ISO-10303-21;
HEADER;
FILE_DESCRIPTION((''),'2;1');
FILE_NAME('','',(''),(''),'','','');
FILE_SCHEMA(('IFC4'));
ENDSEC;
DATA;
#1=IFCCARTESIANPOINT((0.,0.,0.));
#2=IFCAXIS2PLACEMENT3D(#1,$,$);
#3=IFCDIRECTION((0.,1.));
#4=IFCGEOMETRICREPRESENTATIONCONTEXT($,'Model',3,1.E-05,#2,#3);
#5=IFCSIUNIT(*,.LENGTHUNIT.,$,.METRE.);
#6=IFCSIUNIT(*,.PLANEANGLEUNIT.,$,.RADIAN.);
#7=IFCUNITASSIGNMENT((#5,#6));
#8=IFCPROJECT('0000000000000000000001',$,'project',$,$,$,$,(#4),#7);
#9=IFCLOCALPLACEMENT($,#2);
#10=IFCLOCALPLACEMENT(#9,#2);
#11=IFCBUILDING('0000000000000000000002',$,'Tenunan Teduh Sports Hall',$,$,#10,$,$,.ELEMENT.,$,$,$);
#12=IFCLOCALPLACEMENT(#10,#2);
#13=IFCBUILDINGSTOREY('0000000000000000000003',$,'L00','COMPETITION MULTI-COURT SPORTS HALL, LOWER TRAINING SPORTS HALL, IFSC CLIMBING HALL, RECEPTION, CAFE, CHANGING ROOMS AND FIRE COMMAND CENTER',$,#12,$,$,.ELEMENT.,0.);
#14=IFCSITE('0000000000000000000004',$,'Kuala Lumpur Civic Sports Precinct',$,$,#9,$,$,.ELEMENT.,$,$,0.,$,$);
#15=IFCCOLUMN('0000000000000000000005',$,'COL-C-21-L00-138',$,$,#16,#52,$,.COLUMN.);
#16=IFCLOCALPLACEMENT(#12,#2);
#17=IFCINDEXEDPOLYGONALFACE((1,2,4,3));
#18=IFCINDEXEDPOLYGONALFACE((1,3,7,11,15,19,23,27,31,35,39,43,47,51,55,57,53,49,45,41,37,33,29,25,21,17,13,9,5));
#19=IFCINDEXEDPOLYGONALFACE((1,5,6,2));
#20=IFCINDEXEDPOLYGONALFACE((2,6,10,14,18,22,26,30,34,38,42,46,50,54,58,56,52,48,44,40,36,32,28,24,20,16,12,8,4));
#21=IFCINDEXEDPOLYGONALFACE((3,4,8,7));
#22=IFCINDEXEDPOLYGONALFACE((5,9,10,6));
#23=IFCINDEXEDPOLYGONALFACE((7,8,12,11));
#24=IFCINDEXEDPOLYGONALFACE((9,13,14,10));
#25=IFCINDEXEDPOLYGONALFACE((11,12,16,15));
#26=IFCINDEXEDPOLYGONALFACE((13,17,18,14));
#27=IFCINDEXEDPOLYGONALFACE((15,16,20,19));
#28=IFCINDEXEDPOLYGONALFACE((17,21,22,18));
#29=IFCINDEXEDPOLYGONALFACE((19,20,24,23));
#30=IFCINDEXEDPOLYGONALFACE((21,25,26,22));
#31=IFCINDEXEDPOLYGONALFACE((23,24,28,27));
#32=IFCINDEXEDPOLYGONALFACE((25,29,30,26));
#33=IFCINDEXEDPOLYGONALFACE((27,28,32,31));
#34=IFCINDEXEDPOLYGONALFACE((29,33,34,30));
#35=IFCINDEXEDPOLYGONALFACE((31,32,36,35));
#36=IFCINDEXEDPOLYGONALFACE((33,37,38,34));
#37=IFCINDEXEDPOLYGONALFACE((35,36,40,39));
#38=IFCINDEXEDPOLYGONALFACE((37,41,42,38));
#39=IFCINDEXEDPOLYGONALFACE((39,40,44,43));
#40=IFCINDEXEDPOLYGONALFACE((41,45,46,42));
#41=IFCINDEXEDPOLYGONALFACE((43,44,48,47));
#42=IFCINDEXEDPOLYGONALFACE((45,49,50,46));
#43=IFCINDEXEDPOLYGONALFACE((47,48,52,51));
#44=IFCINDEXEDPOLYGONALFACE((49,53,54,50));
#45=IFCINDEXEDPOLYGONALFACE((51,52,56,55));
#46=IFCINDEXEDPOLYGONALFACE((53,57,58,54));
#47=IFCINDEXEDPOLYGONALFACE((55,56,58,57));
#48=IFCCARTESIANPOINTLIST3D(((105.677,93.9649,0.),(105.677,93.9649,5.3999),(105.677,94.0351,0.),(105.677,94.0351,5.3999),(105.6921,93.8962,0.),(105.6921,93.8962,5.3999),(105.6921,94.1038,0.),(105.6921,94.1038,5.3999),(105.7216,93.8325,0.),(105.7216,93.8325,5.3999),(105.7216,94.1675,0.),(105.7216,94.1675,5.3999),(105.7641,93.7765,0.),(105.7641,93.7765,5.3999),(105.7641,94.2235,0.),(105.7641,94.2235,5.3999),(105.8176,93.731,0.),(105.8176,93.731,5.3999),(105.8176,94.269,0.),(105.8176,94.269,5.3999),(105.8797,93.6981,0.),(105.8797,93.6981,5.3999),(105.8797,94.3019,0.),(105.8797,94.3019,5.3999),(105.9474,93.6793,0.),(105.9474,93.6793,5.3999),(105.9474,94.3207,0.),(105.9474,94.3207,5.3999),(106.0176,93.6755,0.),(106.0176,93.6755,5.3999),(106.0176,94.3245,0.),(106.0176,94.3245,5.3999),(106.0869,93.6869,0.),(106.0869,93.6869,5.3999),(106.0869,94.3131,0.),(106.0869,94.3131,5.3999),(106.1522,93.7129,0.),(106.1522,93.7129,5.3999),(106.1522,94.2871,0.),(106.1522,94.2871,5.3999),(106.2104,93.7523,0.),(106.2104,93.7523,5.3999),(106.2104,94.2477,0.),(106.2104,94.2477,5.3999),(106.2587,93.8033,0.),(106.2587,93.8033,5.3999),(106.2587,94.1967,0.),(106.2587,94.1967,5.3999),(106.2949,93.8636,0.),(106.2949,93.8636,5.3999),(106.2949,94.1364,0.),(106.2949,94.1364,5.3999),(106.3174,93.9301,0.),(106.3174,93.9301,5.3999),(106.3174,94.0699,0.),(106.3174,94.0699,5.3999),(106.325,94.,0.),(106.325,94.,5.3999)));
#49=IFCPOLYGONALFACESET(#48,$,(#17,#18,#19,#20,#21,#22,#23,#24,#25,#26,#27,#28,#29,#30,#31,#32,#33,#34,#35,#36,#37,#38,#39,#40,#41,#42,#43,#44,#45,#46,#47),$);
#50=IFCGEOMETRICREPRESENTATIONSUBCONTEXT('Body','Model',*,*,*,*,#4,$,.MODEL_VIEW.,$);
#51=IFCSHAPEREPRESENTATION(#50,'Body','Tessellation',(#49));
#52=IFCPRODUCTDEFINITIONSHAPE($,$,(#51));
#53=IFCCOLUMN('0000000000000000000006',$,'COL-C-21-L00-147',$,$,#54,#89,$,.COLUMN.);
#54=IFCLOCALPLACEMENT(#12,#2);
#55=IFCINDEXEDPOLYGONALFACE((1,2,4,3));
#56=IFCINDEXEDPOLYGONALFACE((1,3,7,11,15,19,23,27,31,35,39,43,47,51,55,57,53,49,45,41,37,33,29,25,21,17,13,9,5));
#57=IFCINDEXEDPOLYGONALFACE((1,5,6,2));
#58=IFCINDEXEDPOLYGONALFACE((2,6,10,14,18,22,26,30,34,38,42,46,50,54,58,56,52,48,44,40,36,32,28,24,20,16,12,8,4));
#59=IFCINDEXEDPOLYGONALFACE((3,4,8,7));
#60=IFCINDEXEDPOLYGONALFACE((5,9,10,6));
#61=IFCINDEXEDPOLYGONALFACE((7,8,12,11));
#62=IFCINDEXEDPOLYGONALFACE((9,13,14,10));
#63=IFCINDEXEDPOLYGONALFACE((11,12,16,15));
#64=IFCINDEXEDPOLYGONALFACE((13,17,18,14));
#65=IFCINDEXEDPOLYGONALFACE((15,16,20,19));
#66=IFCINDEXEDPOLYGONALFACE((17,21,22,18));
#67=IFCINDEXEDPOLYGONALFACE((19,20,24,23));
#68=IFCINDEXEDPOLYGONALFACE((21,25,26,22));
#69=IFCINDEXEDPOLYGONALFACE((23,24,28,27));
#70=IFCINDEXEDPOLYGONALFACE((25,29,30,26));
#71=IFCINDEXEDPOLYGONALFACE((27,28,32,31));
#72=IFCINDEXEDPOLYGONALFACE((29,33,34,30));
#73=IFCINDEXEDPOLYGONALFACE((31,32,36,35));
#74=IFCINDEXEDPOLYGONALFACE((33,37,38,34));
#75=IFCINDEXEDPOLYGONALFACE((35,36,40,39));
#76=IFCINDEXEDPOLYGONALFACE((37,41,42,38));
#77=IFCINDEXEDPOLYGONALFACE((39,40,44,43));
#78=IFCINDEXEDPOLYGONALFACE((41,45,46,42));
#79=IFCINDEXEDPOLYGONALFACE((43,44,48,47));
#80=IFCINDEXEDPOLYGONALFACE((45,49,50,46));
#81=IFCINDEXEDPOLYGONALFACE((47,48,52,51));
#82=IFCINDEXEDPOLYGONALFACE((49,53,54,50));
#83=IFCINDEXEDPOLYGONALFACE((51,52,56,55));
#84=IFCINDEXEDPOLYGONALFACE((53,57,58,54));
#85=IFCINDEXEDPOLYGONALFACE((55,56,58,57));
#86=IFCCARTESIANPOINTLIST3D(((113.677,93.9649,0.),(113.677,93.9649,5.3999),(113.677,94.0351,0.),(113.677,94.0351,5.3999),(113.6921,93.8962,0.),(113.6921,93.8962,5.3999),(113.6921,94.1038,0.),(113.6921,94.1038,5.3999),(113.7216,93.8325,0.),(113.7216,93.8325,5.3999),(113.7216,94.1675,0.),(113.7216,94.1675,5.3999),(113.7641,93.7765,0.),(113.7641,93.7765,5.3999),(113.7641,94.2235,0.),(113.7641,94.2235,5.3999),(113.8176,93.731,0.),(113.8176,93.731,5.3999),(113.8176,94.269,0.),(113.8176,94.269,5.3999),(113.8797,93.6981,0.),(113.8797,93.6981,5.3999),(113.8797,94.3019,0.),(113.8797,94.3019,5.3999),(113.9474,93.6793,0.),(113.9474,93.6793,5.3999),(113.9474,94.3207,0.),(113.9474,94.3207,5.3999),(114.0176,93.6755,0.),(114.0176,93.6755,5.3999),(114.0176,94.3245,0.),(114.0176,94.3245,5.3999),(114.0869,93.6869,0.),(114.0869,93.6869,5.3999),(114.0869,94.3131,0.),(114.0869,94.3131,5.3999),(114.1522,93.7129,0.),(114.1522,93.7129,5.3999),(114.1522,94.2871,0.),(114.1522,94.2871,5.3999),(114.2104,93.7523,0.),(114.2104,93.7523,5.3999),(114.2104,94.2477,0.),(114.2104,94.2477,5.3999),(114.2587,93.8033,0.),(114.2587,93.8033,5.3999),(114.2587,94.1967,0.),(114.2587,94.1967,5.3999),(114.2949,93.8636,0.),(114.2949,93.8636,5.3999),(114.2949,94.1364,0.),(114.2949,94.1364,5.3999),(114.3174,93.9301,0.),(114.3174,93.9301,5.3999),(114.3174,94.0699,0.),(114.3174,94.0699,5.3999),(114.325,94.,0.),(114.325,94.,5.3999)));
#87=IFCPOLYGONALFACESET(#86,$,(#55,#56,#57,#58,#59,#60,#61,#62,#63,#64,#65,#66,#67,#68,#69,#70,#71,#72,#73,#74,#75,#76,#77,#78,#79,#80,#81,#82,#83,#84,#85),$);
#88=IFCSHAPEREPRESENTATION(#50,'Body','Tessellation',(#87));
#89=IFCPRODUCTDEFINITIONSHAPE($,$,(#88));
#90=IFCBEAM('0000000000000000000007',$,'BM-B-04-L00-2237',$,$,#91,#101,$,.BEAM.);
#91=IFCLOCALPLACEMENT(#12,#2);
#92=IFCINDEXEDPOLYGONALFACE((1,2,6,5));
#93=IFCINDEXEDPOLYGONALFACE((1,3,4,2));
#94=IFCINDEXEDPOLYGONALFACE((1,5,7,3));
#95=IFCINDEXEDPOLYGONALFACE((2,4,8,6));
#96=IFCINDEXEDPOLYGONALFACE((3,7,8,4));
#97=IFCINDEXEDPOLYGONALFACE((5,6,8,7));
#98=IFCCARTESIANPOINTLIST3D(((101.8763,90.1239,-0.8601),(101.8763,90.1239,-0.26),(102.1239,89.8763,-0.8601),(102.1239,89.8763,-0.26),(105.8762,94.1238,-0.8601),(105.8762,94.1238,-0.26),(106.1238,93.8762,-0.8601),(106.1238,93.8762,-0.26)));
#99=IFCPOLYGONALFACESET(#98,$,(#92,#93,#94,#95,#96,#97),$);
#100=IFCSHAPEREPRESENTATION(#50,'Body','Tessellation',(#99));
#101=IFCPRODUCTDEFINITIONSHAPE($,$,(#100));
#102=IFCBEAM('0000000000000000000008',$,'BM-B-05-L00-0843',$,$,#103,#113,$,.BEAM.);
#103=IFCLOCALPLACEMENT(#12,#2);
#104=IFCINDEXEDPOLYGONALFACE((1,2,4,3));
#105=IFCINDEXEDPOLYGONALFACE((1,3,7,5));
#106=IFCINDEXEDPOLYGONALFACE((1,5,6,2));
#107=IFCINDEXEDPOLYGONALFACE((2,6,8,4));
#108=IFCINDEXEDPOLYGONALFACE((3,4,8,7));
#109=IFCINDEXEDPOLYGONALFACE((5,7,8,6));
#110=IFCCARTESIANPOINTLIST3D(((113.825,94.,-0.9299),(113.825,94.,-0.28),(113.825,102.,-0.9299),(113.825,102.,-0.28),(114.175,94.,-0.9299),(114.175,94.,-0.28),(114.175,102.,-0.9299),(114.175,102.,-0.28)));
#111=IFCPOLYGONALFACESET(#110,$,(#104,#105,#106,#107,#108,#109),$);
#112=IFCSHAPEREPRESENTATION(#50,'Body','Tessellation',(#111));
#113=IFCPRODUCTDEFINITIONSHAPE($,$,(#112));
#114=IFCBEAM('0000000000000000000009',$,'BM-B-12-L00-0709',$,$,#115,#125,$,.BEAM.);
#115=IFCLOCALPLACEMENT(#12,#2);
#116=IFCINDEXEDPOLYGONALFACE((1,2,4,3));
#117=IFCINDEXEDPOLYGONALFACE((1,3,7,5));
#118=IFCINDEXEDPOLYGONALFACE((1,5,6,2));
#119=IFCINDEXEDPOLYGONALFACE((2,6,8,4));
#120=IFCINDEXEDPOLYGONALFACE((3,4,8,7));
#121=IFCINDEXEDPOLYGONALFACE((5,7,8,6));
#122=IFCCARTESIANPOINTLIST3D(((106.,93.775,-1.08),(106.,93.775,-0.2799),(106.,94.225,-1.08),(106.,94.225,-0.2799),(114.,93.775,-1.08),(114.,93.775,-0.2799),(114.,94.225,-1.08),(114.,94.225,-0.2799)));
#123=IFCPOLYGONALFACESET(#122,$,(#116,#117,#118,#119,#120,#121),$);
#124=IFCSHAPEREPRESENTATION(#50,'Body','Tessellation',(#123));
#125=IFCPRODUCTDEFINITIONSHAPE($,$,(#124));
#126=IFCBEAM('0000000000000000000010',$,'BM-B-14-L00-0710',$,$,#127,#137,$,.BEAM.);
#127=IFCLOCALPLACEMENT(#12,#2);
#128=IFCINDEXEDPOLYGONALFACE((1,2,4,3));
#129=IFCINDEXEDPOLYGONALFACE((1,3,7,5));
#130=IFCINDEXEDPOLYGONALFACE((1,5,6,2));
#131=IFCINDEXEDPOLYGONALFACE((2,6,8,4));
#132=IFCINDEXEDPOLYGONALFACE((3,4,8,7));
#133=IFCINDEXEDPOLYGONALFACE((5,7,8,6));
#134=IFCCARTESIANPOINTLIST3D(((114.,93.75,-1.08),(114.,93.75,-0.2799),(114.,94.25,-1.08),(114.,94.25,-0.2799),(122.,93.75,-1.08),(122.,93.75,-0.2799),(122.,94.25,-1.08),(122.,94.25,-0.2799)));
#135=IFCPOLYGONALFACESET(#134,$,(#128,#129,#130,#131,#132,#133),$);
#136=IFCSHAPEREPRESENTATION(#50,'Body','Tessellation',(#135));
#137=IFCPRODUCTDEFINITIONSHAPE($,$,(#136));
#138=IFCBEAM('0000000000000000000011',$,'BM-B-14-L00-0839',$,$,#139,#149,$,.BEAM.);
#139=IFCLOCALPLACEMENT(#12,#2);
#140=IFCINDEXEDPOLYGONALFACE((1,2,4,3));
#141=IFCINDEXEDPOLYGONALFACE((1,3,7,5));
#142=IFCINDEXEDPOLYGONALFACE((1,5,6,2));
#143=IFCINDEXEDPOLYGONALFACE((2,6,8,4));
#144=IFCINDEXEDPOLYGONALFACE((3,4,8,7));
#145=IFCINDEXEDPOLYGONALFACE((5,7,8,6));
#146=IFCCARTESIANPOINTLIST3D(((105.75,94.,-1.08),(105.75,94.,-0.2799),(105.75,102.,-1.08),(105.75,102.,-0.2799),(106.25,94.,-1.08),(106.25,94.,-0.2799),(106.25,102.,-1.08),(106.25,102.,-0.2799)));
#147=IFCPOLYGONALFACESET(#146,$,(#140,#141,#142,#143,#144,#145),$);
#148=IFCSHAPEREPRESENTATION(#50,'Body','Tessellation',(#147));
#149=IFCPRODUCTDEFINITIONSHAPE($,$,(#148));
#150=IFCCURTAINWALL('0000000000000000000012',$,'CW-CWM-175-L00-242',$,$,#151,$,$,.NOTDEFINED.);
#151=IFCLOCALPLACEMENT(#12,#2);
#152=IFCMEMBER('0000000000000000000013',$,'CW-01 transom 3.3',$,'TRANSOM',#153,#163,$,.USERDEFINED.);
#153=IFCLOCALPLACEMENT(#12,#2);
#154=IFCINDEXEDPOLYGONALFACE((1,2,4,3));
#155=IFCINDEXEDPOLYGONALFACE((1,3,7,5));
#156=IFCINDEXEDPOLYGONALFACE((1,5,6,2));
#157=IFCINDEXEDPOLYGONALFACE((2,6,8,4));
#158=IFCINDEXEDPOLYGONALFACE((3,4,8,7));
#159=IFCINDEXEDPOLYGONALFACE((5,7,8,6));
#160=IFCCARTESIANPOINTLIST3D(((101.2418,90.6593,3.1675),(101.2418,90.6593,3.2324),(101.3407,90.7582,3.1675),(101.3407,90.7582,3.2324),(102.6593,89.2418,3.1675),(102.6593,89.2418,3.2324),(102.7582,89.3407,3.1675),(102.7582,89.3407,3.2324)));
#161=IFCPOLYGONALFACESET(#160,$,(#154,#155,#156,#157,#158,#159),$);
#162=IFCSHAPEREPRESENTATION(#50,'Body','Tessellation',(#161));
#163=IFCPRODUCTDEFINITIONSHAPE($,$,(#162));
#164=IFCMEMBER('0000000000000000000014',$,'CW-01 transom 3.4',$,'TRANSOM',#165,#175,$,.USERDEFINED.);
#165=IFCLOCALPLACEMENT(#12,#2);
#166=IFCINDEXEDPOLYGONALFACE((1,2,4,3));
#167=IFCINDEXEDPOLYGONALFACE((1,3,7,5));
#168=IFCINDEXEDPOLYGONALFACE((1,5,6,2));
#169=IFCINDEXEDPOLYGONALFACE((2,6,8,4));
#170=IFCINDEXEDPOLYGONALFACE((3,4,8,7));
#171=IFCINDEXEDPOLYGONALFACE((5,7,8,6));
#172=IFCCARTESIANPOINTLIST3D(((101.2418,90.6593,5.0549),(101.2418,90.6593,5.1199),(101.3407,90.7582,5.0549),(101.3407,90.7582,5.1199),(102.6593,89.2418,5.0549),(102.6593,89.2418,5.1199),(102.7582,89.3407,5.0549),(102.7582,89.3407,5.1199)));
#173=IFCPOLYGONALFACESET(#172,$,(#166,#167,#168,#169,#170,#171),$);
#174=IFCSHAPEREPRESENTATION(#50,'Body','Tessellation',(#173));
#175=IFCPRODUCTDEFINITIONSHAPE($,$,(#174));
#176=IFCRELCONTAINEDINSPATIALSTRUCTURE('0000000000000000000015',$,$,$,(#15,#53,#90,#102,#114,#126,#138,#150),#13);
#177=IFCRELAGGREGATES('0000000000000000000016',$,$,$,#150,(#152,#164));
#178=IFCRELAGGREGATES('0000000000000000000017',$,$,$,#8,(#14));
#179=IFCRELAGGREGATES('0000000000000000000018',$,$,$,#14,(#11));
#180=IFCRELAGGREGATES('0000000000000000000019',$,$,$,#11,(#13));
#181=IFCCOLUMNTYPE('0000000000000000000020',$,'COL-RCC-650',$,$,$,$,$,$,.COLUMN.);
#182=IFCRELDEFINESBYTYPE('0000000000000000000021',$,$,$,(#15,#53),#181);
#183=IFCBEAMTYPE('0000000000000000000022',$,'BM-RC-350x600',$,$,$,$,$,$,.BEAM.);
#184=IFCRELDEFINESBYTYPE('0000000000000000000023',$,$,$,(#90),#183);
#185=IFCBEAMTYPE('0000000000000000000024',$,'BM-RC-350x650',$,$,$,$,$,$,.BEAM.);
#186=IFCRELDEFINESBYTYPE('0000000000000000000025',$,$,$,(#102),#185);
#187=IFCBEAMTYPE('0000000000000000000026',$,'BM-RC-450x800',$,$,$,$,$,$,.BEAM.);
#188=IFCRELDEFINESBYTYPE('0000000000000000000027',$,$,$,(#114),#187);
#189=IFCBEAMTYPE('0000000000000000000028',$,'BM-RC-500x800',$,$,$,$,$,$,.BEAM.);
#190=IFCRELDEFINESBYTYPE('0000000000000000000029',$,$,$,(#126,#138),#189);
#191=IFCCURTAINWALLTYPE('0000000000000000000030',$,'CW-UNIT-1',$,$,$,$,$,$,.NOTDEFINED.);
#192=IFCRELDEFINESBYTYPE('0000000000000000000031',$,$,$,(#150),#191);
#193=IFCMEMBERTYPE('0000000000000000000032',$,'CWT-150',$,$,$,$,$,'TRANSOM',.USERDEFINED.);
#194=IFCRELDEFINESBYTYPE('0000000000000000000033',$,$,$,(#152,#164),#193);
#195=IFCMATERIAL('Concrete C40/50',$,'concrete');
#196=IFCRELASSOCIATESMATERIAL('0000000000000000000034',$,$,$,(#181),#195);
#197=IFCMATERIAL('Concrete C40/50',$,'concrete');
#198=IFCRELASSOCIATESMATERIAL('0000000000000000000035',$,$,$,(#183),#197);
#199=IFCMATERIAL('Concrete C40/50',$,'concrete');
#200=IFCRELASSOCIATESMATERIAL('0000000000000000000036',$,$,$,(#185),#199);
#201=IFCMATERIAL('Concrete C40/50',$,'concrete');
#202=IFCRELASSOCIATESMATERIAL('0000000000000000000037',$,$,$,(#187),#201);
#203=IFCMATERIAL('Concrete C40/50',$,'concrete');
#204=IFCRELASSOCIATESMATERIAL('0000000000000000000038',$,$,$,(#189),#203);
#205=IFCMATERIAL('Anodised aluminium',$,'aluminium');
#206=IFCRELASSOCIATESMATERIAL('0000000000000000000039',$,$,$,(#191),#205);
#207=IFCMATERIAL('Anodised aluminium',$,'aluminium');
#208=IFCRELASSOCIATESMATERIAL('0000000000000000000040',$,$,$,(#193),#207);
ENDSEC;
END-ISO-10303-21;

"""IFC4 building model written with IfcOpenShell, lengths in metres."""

from ifc_helpers import new_model, si_unit, direction, frame, origin, origin_2d, place, context, subcontext, project, spatial, rectangle, circle, extrude, material, material_profile, profile_set, type_object, element, aggregate, save


model = new_model("IFC4")

# Units and contexts
model_context = context("Model", 3, precision=1e-05, world=origin(), true_north=direction((0.0, 1.0)))
body_context = subcontext(model_context, "Body", "Model", "MODEL_VIEW")
ifc_project = project(units=[si_unit("LENGTHUNIT", "METRE"), si_unit("PLANEANGLEUNIT", "RADIAN")], contexts=[model_context])

# Site, building, storey
site_placement = place(None, origin())
site = spatial("IfcSite", under=ifc_project, at=site_placement, Name="Kuala Lumpur Civic Sports Precinct", CompositionType="ELEMENT", RefElevation=0.0)
building_placement = place(site_placement, origin())
building = spatial("IfcBuilding", under=site, at=building_placement, Name="Tenunan Teduh Sports Hall", CompositionType="ELEMENT")
storey_placement = place(building_placement, origin())
storey = spatial("IfcBuildingStorey", under=building, at=storey_placement, Name="L00", Description="COMPETITION MULTI-COURT SPORTS HALL, LOWER TRAINING SPORTS HALL, IFSC CLIMBING HALL, RECEPTION, CAFE, CHANGING ROOMS AND FIRE COMMAND CENTER", CompositionType="ELEMENT", Elevation=0.0)

# Columns
ifc_material_1 = material(Name="Concrete C40/50", Category="concrete")
ifc_material_profile_1 = material_profile(ifc_material_1, circle(Radius=0.325, at=origin_2d()), Name="RCC D650")
ifc_profile_set_1 = profile_set([ifc_material_profile_1], Name="Concrete C40/50")
column_type = type_object("IfcColumnType", Name="COL-RCC-650", PredefinedType="COLUMN", material=ifc_profile_set_1)
for number, where, z_axis, x_axis, name in (
    (1, (106.0, 94.0, 0.0), (0.0, 0.0, 1.0), (1.0, 0.0, 0.0), "COL-C-21-L00-138"),
    (2, (114.0, 94.0, 0.0), (0.0, 0.0, 1.0), (1.0, 0.0, 0.0), "COL-C-21-L00-147"),
):
    element("IfcColumn", number, at=place(storey_placement, frame(where, z_axis=z_axis, x_axis=x_axis)), inside=storey, type_object=column_type, Name=name, PredefinedType="COLUMN", context=body_context, shape_type="SweptSolid", body=[
        extrude(circle(Radius=0.325, at=origin_2d()), origin(), (0.0, 0.0, 1.0), 5.3999),
    ])

# Beams
ifc_material_2 = material(Name="Concrete C40/50", Category="concrete")
ifc_material_profile_2 = material_profile(ifc_material_2, rectangle(XDim=0.3501, YDim=0.6001, at=origin_2d()), Name="RCB 350x600")
ifc_profile_set_2 = profile_set([ifc_material_profile_2], Name="Concrete C40/50")
beam_type_1 = type_object("IfcBeamType", Name="BM-RC-350x600", PredefinedType="BEAM", material=ifc_profile_set_2)
beam_1_placement = place(storey_placement, frame((106.0, 94.0, -0.5601), z_axis=(-0.707107, -0.707107, 0.0), x_axis=(0.707107, -0.707107, 0.0)))
element("IfcBeam", 3, at=beam_1_placement, inside=storey, type_object=beam_type_1, Name="BM-B-04-L00-2237", PredefinedType="BEAM", context=body_context, shape_type="SweptSolid", body=[
    extrude(rectangle(XDim=0.3501, YDim=0.6001, at=origin_2d()), origin(), (0.0, 0.0, 1.0), 5.6567),
])
ifc_material_3 = material(Name="Concrete C40/50", Category="concrete")
ifc_material_profile_3 = material_profile(ifc_material_3, rectangle(XDim=0.3501, YDim=0.6499, at=origin_2d()), Name="RCB 350x650")
ifc_profile_set_3 = profile_set([ifc_material_profile_3], Name="Concrete C40/50")
beam_type_2 = type_object("IfcBeamType", Name="BM-RC-350x650", PredefinedType="BEAM", material=ifc_profile_set_3)
beam_2_placement = place(storey_placement, frame((114.0, 94.0, -0.605), z_axis=(0.0, 1.0, 0.0), x_axis=(-1.0, 0.0, 0.0)))
element("IfcBeam", 4, at=beam_2_placement, inside=storey, type_object=beam_type_2, Name="BM-B-05-L00-0843", PredefinedType="BEAM", context=body_context, shape_type="SweptSolid", body=[
    extrude(rectangle(XDim=0.3501, YDim=0.6499, at=origin_2d()), origin(), (0.0, 0.0, 1.0), 8.0),
])
ifc_material_4 = material(Name="Concrete C40/50", Category="concrete")
ifc_material_profile_4 = material_profile(ifc_material_4, rectangle(XDim=0.45, YDim=0.8, at=origin_2d()), Name="RCB 450x800")
ifc_profile_set_4 = profile_set([ifc_material_profile_4], Name="Concrete C40/50")
beam_type_3 = type_object("IfcBeamType", Name="BM-RC-450x800", PredefinedType="BEAM", material=ifc_profile_set_4)
beam_3_placement = place(storey_placement, frame((106.0, 94.0, -0.6799), z_axis=(1.0, 0.0, 0.0), x_axis=(0.0, 1.0, 0.0)))
element("IfcBeam", 5, at=beam_3_placement, inside=storey, type_object=beam_type_3, Name="BM-B-12-L00-0709", PredefinedType="BEAM", context=body_context, shape_type="SweptSolid", body=[
    extrude(rectangle(XDim=0.45, YDim=0.8, at=origin_2d()), origin(), (0.0, 0.0, 1.0), 8.0),
])
ifc_material_5 = material(Name="Concrete C40/50", Category="concrete")
ifc_material_profile_5 = material_profile(ifc_material_5, rectangle(XDim=0.5, YDim=0.8, at=origin_2d()), Name="RCB 500x800")
ifc_profile_set_5 = profile_set([ifc_material_profile_5], Name="Concrete C40/50")
beam_type_4 = type_object("IfcBeamType", Name="BM-RC-500x800", PredefinedType="BEAM", material=ifc_profile_set_5)
for number, where, z_axis, x_axis, name in (
    (6, (114.0, 94.0, -0.6799), (1.0, 0.0, 0.0), (0.0, 1.0, 0.0), "BM-B-14-L00-0710"),
    (7, (106.0, 94.0, -0.6799), (0.0, 1.0, 0.0), (-1.0, 0.0, 0.0), "BM-B-14-L00-0839"),
):
    element("IfcBeam", number, at=place(storey_placement, frame(where, z_axis=z_axis, x_axis=x_axis)), inside=storey, type_object=beam_type_4, Name=name, PredefinedType="BEAM", context=body_context, shape_type="SweptSolid", body=[
        extrude(rectangle(XDim=0.5, YDim=0.8, at=origin_2d()), origin(), (0.0, 0.0, 1.0), 8.0),
    ])

# Curtain wall, members
ifc_material_6 = material(Name="Anodised aluminium", Category="aluminium")
curtain_wall_type = type_object("IfcCurtainWallType", Name="CW-UNIT-1", PredefinedType="NOTDEFINED", material=ifc_material_6)
curtain_wall_placement = place(storey_placement, origin())
curtain_wall = element("IfcCurtainWall", 8, at=curtain_wall_placement, inside=storey, type_object=curtain_wall_type, Name="CW-CWM-175-L00-242", PredefinedType="NOTDEFINED")
ifc_material_7 = material(Name="Anodised aluminium", Category="aluminium")
ifc_material_profile_6 = material_profile(ifc_material_7, rectangle(XDim=0.0649, YDim=0.1399, at=origin_2d()), Name="CWT 65x140")
ifc_profile_set_6 = profile_set([ifc_material_profile_6], Name="Anodised aluminium")
member_type = type_object("IfcMemberType", Name="CWT-150", ElementType="TRANSOM", PredefinedType="USERDEFINED", material=ifc_profile_set_6)
member_1_placement = place(storey_placement, frame((101.2913, 90.7087, 3.2), z_axis=(0.707107, -0.707107, 0.0), x_axis=(0.0, 0.0, 1.0)))
member_1 = element("IfcMember", 9, at=member_1_placement, type_object=member_type, Name="CW-01 transom 3.3", ObjectType="TRANSOM", PredefinedType="USERDEFINED", context=body_context, shape_type="SweptSolid", body=[
    extrude(rectangle(XDim=0.0649, YDim=0.1399, at=origin_2d()), origin(), (0.0, 0.0, 1.0), 2.0046),
])
member_2_placement = place(storey_placement, frame((101.2913, 90.7087, 5.0874), z_axis=(0.707107, -0.707107, 0.0), x_axis=(0.0, 0.0, 1.0)))
member_2 = element("IfcMember", 10, at=member_2_placement, type_object=member_type, Name="CW-01 transom 3.4", ObjectType="TRANSOM", PredefinedType="USERDEFINED", context=body_context, shape_type="SweptSolid", body=[
    extrude(rectangle(XDim=0.0649, YDim=0.1399, at=origin_2d()), origin(), (0.0, 0.0, 1.0), 2.0046),
])

aggregate(curtain_wall, [member_1, member_2])

save(model, "model.ifc")
